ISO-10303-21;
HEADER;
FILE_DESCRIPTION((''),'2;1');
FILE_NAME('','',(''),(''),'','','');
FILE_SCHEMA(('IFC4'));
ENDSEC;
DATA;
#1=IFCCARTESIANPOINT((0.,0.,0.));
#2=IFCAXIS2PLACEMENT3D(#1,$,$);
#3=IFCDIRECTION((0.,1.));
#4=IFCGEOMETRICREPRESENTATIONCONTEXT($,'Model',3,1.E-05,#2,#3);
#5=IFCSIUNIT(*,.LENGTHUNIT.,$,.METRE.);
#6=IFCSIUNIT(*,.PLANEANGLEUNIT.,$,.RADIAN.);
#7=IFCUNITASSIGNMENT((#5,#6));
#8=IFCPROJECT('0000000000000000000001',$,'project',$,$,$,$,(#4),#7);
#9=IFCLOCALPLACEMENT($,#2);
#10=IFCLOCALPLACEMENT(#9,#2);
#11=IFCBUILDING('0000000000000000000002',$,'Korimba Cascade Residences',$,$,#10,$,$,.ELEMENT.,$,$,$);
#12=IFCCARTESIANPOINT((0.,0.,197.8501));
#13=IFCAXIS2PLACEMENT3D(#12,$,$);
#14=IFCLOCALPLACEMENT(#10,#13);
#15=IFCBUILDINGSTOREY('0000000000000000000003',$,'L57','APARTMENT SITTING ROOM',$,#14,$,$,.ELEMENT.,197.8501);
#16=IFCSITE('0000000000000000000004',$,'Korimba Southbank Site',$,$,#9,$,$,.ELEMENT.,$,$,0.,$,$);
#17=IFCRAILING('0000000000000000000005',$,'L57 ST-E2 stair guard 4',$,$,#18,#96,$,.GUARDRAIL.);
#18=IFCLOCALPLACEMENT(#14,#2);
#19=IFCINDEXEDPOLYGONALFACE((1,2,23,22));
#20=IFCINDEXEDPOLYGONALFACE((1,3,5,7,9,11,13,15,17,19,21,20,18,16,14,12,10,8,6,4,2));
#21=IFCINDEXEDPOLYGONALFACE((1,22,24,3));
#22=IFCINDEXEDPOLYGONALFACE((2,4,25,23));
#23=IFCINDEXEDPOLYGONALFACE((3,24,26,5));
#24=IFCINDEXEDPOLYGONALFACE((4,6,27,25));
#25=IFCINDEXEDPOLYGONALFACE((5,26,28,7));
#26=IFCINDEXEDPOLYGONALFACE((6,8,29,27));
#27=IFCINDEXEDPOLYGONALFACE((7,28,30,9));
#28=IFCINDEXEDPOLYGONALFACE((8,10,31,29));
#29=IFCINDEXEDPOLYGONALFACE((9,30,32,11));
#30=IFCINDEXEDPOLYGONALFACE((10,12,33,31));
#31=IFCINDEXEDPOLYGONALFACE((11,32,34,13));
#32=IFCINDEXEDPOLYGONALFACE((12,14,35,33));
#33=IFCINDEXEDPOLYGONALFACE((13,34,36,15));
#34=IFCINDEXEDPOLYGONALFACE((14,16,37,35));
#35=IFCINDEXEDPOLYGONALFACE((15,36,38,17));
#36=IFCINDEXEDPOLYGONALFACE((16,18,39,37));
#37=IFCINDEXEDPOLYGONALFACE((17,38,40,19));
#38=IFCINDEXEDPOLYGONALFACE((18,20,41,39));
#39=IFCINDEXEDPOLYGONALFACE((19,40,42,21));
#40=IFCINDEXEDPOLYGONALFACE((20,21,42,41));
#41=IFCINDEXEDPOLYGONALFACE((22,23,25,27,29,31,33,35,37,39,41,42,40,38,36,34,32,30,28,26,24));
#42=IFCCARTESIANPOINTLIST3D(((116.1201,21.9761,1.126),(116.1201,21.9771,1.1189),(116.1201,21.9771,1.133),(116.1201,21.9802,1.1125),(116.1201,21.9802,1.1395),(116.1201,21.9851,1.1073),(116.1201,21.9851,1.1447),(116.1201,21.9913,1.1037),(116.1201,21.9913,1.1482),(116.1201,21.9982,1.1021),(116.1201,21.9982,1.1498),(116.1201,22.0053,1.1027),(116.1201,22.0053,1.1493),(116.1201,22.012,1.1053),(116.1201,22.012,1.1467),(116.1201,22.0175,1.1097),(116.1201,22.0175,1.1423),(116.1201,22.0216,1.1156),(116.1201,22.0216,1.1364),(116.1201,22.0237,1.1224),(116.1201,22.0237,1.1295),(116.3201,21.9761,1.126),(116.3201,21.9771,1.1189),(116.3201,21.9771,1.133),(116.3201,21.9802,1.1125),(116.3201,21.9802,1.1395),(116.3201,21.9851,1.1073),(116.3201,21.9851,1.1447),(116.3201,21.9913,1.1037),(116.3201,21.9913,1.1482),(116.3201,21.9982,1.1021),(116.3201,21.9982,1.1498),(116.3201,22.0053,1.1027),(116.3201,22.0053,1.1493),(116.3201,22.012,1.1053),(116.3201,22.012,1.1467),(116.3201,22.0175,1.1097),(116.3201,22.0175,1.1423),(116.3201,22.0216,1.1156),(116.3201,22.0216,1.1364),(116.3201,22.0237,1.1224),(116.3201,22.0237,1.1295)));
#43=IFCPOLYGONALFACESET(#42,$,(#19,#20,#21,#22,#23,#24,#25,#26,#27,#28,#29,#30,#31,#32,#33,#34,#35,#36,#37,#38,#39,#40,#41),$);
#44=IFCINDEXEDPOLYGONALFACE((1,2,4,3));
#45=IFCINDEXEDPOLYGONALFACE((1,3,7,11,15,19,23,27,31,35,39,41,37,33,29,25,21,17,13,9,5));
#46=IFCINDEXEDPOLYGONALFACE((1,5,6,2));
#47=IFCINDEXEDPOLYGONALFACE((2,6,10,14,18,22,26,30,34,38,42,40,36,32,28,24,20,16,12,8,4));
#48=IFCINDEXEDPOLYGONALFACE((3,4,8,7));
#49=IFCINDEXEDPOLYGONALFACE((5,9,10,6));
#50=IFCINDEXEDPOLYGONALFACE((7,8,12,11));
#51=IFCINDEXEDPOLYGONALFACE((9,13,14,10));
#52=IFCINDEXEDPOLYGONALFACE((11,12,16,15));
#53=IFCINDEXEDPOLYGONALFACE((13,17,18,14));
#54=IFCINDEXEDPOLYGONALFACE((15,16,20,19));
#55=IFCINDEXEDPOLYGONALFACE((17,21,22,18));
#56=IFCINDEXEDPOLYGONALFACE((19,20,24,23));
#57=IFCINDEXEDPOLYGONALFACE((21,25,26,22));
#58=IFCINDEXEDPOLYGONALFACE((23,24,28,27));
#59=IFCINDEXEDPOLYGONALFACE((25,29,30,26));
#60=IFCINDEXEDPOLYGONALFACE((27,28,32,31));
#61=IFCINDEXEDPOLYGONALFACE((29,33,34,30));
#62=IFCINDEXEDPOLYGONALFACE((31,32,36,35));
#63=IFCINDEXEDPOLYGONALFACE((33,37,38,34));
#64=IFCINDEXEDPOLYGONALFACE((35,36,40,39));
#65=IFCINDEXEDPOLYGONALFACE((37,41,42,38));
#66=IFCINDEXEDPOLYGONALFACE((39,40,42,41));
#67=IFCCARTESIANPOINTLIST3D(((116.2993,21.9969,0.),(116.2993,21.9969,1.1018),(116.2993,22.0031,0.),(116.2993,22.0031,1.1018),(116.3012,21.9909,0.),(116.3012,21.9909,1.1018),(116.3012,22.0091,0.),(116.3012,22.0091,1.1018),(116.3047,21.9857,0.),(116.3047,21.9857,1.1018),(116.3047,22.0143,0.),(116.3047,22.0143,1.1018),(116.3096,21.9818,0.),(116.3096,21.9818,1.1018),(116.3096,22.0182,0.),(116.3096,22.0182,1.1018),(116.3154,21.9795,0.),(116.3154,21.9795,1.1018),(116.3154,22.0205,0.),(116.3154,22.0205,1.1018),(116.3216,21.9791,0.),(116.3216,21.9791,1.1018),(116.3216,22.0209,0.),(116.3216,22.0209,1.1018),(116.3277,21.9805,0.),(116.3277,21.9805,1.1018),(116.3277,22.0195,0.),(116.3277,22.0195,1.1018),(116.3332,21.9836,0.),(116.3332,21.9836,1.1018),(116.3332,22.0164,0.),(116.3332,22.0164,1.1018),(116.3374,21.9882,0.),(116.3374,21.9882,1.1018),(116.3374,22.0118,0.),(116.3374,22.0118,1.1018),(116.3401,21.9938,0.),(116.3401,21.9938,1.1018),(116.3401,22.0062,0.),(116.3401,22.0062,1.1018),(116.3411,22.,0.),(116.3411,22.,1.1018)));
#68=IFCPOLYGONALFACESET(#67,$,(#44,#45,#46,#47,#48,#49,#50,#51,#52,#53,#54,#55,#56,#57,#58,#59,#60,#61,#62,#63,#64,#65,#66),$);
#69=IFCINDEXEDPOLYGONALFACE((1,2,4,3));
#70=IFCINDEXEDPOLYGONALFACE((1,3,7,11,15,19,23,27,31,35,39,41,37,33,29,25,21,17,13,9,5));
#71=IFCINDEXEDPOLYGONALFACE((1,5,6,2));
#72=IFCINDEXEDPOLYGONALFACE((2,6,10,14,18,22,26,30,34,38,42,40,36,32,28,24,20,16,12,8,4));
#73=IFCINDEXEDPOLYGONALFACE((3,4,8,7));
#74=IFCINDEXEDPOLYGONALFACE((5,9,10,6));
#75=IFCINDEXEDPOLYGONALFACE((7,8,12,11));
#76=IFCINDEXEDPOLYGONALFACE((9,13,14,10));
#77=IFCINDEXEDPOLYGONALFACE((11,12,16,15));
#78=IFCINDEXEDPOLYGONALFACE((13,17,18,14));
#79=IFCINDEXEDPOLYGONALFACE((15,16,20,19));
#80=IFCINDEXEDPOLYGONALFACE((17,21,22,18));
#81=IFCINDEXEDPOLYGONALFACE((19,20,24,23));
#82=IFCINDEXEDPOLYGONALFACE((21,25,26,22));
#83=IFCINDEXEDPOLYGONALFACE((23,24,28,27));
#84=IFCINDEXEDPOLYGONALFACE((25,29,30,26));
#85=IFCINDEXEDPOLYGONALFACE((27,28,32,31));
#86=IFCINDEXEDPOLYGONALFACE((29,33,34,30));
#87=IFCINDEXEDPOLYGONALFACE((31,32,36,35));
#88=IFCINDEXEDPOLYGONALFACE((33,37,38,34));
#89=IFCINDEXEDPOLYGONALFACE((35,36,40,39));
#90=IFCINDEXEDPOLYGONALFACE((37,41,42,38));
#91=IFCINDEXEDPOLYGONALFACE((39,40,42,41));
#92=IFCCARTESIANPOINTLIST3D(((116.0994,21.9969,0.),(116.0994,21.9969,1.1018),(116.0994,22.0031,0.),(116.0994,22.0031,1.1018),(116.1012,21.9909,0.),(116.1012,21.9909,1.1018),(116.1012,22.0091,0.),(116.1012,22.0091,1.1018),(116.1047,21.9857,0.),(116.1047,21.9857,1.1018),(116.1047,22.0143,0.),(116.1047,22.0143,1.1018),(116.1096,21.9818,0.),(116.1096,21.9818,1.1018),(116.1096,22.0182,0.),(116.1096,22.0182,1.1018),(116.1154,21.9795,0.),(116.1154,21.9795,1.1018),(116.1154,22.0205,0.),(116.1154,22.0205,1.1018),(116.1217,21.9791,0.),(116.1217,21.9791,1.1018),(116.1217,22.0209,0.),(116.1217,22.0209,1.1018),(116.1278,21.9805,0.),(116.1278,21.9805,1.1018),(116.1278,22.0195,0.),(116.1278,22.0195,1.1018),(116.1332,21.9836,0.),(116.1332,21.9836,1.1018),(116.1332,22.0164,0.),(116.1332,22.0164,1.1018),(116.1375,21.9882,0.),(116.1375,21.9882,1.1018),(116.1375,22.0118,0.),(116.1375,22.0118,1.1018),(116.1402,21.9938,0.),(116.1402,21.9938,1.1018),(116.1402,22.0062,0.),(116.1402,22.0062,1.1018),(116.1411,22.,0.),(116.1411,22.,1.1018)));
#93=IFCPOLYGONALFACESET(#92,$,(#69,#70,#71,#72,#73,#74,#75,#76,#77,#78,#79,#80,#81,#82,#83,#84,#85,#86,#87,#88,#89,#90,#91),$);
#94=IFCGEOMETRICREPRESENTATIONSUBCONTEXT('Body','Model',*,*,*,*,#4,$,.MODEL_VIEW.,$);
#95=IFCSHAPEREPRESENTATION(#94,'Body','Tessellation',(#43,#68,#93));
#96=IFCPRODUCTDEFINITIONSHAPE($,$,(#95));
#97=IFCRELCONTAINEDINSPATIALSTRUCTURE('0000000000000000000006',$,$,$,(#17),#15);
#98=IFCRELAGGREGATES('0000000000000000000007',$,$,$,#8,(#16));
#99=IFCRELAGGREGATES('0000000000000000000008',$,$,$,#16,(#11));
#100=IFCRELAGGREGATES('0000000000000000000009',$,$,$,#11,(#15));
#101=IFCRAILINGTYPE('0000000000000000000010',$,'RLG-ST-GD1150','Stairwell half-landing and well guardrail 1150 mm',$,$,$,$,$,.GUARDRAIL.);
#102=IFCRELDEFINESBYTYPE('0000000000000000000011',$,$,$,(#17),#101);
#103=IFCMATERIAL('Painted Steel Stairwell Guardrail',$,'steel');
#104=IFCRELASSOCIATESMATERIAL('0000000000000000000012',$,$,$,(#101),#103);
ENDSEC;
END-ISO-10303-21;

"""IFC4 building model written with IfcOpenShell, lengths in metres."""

from ifc_helpers import new_model, si_unit, direction, frame, origin, origin_2d, place, context, subcontext, project, spatial, circle, extrude, material, type_object, element, save


model = new_model("IFC4")

# Units and contexts
model_context = context("Model", 3, precision=1e-05, world=origin(), true_north=direction((0.0, 1.0)))
body_context = subcontext(model_context, "Body", "Model", "MODEL_VIEW")
ifc_project = project(units=[si_unit("LENGTHUNIT", "METRE"), si_unit("PLANEANGLEUNIT", "RADIAN")], contexts=[model_context])

# Site, building, storey
site_placement = place(None, origin())
site = spatial("IfcSite", under=ifc_project, at=site_placement, Name="Korimba Southbank Site", CompositionType="ELEMENT", RefElevation=0.0)
building_placement = place(site_placement, origin())
building = spatial("IfcBuilding", under=site, at=building_placement, Name="Korimba Cascade Residences", CompositionType="ELEMENT")
storey_placement = place(building_placement, frame((0.0, 0.0, 197.8501)))
storey = spatial("IfcBuildingStorey", under=building, at=storey_placement, Name="L57", Description="APARTMENT SITTING ROOM", CompositionType="ELEMENT", Elevation=197.8501)

# Railing
ifc_material_1 = material(Name="Painted Steel Stairwell Guardrail", Category="steel")
railing_type_1 = type_object("IfcRailingType", Name="RLG-ST-GD1150", Description="Stairwell half-landing and well guardrail 1150 mm", PredefinedType="GUARDRAIL", material=ifc_material_1)
railing_1_placement = place(storey_placement, frame((116.3201, 22.0, 0.0)))
element("IfcRailing", 1, at=railing_1_placement, inside=storey, type_object=railing_type_1, Name="L57 ST-E2 stair guard 4", PredefinedType="GUARDRAIL", context=body_context, shape_type="SweptSolid", body=[
    extrude(circle(Radius=0.0239, at=origin_2d()), frame((0.0, 0.0, 1.126), z_axis=(-1.0, 0.0, 0.0), x_axis=(0.0, -1.0, 0.0)), (0.0, 0.0, 1.0), 0.2),
    extrude(circle(Radius=0.021, at=origin_2d()), origin(), (0.0, 0.0, 1.0), 1.1018),
    extrude(circle(Radius=0.021, at=origin_2d()), frame((-0.2, 0.0, 0.0)), (0.0, 0.0, 1.0), 1.1018),
])

save(model, "model.ifc")
